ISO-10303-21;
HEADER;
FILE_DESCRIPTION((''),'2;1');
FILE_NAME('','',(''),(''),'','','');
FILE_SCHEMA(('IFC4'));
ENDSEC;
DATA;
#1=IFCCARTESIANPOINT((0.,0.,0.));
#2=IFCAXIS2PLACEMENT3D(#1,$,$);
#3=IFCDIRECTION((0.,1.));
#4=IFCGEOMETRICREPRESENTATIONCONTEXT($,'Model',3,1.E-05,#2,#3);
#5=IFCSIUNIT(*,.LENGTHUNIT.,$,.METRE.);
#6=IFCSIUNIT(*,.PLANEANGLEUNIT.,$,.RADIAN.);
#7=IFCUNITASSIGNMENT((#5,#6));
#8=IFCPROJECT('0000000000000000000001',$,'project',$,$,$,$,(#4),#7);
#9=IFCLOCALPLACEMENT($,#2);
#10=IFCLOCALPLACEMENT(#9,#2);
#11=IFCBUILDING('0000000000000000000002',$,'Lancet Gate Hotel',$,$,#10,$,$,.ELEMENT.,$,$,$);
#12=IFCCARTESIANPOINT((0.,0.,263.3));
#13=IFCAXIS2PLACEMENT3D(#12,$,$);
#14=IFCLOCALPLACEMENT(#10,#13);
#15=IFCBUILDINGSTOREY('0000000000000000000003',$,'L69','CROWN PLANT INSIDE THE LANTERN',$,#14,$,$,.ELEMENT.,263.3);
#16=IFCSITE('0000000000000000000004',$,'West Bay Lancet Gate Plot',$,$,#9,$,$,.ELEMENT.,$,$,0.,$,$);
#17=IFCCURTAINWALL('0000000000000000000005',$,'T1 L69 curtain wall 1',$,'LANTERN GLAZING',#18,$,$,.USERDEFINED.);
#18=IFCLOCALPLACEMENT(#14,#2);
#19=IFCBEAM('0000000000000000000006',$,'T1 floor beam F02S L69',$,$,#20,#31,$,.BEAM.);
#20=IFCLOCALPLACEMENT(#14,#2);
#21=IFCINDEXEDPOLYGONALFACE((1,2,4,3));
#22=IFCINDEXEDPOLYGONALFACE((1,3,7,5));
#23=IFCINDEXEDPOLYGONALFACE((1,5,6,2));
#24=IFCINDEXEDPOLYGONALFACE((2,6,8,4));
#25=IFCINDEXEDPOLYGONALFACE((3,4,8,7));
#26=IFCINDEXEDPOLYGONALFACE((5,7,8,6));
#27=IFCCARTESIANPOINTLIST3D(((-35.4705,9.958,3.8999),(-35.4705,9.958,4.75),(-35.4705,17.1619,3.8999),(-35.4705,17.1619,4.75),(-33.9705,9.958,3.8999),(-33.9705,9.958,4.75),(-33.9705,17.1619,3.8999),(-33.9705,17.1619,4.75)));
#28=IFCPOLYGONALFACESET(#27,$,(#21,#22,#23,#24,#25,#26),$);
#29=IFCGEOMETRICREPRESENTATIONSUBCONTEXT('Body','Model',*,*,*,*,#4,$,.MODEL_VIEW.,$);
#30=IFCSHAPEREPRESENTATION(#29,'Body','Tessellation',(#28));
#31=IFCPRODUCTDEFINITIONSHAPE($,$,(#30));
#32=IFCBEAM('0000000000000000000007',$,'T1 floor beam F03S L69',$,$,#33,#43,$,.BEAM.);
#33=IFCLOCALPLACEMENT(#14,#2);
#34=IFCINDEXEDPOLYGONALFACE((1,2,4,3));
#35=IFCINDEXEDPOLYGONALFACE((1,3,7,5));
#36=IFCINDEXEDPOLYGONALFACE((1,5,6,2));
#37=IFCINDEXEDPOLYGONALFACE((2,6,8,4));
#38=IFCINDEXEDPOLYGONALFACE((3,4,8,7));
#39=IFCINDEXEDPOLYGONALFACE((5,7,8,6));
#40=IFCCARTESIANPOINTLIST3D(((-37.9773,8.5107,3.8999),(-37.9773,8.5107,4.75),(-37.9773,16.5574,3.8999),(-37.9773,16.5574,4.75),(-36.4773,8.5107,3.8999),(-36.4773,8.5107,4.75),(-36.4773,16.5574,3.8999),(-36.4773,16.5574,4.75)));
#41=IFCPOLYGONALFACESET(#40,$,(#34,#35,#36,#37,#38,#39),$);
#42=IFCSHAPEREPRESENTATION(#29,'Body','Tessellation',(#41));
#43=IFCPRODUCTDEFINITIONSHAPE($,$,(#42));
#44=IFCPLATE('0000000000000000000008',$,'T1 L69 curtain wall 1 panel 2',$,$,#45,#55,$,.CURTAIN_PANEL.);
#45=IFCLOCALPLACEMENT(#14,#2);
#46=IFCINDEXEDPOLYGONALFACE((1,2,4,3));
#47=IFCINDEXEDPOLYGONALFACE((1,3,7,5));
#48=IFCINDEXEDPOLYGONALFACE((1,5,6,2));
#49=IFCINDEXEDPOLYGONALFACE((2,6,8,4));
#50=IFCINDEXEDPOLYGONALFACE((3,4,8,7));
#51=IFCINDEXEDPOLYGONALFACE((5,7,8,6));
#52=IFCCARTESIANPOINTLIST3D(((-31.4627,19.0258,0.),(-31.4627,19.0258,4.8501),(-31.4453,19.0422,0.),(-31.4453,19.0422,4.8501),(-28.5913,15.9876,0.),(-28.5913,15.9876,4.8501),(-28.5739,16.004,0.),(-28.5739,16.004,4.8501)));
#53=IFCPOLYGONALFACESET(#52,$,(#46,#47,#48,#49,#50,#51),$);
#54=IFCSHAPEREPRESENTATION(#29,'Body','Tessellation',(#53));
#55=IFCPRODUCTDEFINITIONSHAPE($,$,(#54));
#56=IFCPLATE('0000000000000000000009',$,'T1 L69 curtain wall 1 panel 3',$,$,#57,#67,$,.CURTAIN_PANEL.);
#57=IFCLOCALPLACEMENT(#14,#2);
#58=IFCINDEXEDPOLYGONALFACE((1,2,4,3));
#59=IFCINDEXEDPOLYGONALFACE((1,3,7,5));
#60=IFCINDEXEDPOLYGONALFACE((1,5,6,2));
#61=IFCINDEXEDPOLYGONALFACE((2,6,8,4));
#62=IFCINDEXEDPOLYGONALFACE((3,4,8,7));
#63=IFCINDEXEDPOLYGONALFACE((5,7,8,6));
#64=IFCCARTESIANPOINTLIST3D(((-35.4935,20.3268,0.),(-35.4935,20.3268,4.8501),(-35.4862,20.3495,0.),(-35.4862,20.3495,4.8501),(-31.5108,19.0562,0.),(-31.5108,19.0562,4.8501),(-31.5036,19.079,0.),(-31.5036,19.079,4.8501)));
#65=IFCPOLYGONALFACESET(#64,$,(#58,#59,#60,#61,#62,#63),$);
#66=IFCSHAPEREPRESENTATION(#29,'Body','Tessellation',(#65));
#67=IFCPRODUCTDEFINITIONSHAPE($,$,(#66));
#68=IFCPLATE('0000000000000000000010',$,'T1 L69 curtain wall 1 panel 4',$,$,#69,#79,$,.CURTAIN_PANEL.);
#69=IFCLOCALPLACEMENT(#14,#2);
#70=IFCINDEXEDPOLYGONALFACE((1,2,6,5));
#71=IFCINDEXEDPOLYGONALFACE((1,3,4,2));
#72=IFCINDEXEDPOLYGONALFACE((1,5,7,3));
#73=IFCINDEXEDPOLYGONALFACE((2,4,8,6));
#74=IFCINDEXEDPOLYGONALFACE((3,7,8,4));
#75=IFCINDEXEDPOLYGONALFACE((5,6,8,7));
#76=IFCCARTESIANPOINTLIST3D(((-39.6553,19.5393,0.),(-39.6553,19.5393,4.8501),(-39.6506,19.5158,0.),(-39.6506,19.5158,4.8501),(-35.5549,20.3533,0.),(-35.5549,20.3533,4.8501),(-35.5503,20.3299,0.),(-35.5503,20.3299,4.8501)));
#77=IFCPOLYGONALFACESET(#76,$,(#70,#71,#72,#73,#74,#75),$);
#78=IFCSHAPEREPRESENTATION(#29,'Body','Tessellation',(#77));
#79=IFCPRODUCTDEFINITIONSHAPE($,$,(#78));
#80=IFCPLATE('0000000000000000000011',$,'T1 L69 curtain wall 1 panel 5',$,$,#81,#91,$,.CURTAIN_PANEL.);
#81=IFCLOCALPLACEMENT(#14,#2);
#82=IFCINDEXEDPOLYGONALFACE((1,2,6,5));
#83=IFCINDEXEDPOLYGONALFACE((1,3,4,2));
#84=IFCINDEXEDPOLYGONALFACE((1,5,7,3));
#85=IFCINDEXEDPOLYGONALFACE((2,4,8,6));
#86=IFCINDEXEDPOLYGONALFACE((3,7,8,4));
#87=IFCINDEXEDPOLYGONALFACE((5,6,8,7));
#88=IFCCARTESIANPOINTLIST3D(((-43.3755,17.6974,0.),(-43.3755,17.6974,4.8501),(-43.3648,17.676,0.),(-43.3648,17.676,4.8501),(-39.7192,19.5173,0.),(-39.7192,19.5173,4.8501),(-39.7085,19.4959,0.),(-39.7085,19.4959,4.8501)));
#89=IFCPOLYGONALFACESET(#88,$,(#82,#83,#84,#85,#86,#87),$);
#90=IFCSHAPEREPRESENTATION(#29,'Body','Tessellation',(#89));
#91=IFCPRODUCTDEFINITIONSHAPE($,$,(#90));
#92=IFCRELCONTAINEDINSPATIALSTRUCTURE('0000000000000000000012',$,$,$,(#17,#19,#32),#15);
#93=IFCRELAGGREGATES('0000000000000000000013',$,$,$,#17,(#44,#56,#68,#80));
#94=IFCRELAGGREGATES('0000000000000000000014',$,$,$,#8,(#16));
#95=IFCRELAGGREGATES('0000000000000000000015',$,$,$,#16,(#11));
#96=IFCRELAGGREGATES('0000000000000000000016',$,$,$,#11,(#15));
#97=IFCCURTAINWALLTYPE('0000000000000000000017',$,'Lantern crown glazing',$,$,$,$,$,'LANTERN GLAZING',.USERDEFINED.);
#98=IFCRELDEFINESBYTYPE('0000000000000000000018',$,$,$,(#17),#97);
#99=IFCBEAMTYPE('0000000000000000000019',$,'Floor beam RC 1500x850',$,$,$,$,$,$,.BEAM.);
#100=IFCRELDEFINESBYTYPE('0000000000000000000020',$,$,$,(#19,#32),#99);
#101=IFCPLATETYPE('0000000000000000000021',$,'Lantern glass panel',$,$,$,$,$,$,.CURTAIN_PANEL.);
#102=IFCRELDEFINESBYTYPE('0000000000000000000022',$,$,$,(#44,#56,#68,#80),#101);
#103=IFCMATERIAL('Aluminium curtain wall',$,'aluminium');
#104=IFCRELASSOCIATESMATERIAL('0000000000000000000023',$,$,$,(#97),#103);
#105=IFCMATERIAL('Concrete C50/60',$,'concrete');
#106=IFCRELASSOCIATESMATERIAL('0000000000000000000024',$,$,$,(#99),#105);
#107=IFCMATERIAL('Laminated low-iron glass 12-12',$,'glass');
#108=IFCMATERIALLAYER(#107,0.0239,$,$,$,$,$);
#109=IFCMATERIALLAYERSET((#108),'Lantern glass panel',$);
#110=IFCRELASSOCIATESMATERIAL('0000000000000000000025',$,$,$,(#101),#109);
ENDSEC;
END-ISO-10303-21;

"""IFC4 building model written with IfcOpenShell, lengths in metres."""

from ifc_helpers import new_model, si_unit, direction, frame, origin, origin_2d, place, context, subcontext, project, spatial, rectangle, extrude, material, layer, layer_set, material_profile, profile_set, type_object, element, aggregate, save


model = new_model("IFC4")

# Units and contexts
model_context = context("Model", 3, precision=1e-05, world=origin(), true_north=direction((0.0, 1.0)))
body_context = subcontext(model_context, "Body", "Model", "MODEL_VIEW")
ifc_project = project(units=[si_unit("LENGTHUNIT", "METRE"), si_unit("PLANEANGLEUNIT", "RADIAN")], contexts=[model_context])

# Site, building, storey
site_placement = place(None, origin())
site = spatial("IfcSite", under=ifc_project, at=site_placement, Name="West Bay Lancet Gate Plot", CompositionType="ELEMENT", RefElevation=0.0)
building_placement = place(site_placement, origin())
building = spatial("IfcBuilding", under=site, at=building_placement, Name="Lancet Gate Hotel", CompositionType="ELEMENT")
storey_placement = place(building_placement, frame((0.0, 0.0, 263.3)))
storey = spatial("IfcBuildingStorey", under=building, at=storey_placement, Name="L69", Description="CROWN PLANT INSIDE THE LANTERN", CompositionType="ELEMENT", Elevation=263.3)

# Curtain wall
ifc_material_1 = material(Name="Aluminium curtain wall", Category="aluminium")
curtain_wall_type = type_object("IfcCurtainWallType", Name="Lantern crown glazing", ElementType="LANTERN GLAZING", PredefinedType="USERDEFINED", material=ifc_material_1)
curtain_wall_placement = place(storey_placement, origin())
curtain_wall = element("IfcCurtainWall", 1, at=curtain_wall_placement, inside=storey, type_object=curtain_wall_type, Name="T1 L69 curtain wall 1", ObjectType="LANTERN GLAZING", PredefinedType="USERDEFINED")

# Beams
ifc_material_2 = material(Name="Concrete C50/60", Category="concrete")
ifc_material_profile_1 = material_profile(ifc_material_2, rectangle(XDim=1.5, YDim=0.8501, at=origin_2d()), Name="RC 1500x850")
ifc_profile_set_1 = profile_set([ifc_material_profile_1], Name="Concrete C50/60")
beam_type_1 = type_object("IfcBeamType", Name="Floor beam RC 1500x850", PredefinedType="BEAM", material=ifc_profile_set_1)
beam_1_placement = place(storey_placement, frame((-34.7205, 17.1619, 4.325), z_axis=(0.0, -1.0, 0.0), x_axis=(1.0, 0.0, 0.0)))
element("IfcBeam", 2, at=beam_1_placement, inside=storey, type_object=beam_type_1, Name="T1 floor beam F02S L69", PredefinedType="BEAM", context=body_context, shape_type="SweptSolid", body=[
    extrude(rectangle(XDim=1.5, YDim=0.8501, at=origin_2d()), origin(), (0.0, 0.0, 1.0), 7.2039),
])
beam_2_placement = place(storey_placement, frame((-37.2273, 16.5574, 4.325), z_axis=(0.0, -1.0, 0.0), x_axis=(1.0, 0.0, 0.0)))
element("IfcBeam", 3, at=beam_2_placement, inside=storey, type_object=beam_type_1, Name="T1 floor beam F03S L69", PredefinedType="BEAM", context=body_context, shape_type="SweptSolid", body=[
    extrude(rectangle(XDim=1.5, YDim=0.8501, at=origin_2d()), origin(), (0.0, 0.0, 1.0), 8.0466),
])

# Plates
ifc_material_3 = material(Name="Laminated low-iron glass 12-12", Category="glass")
ifc_layer = layer(ifc_material_3, 0.0239)
ifc_layer_set = layer_set([ifc_layer], Name="Lantern glass panel")
plate_type = type_object("IfcPlateType", Name="Lantern glass panel", PredefinedType="CURTAIN_PANEL", material=ifc_layer_set)
plate_1_placement = place(storey_placement, frame((-30.0183, 17.5149, 0.0), z_axis=(0.0, 0.0, 1.0), x_axis=(-0.686883, 0.726768, 0.0)))
plate_1 = element("IfcPlate", 4, at=plate_1_placement, type_object=plate_type, Name="T1 L69 curtain wall 1 panel 2", PredefinedType="CURTAIN_PANEL", context=body_context, shape_type="SweptSolid", body=[
    extrude(rectangle(XDim=4.1804, YDim=0.0239, at=origin_2d()), origin(), (0.0, 0.0, 1.0), 4.8501),
])
plate_2_placement = place(storey_placement, frame((-33.4985, 19.7029, 0.0), z_axis=(0.0, 0.0, 1.0), x_axis=(-0.952696, 0.303926, 0.0)))
plate_2 = element("IfcPlate", 5, at=plate_2_placement, type_object=plate_type, Name="T1 L69 curtain wall 1 panel 3", PredefinedType="CURTAIN_PANEL", context=body_context, shape_type="SweptSolid", body=[
    extrude(rectangle(XDim=4.1804, YDim=0.0239, at=origin_2d()), origin(), (0.0, 0.0, 1.0), 4.8501),
])
plate_3_placement = place(storey_placement, frame((-37.6028, 19.9346, 0.0), z_axis=(0.0, 0.0, 1.0), x_axis=(-0.980857, -0.194731, 0.0)))
plate_3 = element("IfcPlate", 6, at=plate_3_placement, type_object=plate_type, Name="T1 L69 curtain wall 1 panel 4", PredefinedType="CURTAIN_PANEL", context=body_context, shape_type="SweptSolid", body=[
    extrude(rectangle(XDim=4.1804, YDim=0.0239, at=origin_2d()), origin(), (0.0, 0.0, 1.0), 4.8501),
])
plate_4_placement = place(storey_placement, frame((-41.542, 18.5967, 0.0), z_axis=(0.0, 0.0, 1.0), x_axis=(-0.895234, -0.445596, 0.0)))
plate_4 = element("IfcPlate", 7, at=plate_4_placement, type_object=plate_type, Name="T1 L69 curtain wall 1 panel 5", PredefinedType="CURTAIN_PANEL", context=body_context, shape_type="SweptSolid", body=[
    extrude(rectangle(XDim=4.0842, YDim=0.0239, at=origin_2d()), origin(), (0.0, 0.0, 1.0), 4.8501),
])
aggregate(curtain_wall, [plate_1, plate_2, plate_3, plate_4])

save(model, "model.ifc")
